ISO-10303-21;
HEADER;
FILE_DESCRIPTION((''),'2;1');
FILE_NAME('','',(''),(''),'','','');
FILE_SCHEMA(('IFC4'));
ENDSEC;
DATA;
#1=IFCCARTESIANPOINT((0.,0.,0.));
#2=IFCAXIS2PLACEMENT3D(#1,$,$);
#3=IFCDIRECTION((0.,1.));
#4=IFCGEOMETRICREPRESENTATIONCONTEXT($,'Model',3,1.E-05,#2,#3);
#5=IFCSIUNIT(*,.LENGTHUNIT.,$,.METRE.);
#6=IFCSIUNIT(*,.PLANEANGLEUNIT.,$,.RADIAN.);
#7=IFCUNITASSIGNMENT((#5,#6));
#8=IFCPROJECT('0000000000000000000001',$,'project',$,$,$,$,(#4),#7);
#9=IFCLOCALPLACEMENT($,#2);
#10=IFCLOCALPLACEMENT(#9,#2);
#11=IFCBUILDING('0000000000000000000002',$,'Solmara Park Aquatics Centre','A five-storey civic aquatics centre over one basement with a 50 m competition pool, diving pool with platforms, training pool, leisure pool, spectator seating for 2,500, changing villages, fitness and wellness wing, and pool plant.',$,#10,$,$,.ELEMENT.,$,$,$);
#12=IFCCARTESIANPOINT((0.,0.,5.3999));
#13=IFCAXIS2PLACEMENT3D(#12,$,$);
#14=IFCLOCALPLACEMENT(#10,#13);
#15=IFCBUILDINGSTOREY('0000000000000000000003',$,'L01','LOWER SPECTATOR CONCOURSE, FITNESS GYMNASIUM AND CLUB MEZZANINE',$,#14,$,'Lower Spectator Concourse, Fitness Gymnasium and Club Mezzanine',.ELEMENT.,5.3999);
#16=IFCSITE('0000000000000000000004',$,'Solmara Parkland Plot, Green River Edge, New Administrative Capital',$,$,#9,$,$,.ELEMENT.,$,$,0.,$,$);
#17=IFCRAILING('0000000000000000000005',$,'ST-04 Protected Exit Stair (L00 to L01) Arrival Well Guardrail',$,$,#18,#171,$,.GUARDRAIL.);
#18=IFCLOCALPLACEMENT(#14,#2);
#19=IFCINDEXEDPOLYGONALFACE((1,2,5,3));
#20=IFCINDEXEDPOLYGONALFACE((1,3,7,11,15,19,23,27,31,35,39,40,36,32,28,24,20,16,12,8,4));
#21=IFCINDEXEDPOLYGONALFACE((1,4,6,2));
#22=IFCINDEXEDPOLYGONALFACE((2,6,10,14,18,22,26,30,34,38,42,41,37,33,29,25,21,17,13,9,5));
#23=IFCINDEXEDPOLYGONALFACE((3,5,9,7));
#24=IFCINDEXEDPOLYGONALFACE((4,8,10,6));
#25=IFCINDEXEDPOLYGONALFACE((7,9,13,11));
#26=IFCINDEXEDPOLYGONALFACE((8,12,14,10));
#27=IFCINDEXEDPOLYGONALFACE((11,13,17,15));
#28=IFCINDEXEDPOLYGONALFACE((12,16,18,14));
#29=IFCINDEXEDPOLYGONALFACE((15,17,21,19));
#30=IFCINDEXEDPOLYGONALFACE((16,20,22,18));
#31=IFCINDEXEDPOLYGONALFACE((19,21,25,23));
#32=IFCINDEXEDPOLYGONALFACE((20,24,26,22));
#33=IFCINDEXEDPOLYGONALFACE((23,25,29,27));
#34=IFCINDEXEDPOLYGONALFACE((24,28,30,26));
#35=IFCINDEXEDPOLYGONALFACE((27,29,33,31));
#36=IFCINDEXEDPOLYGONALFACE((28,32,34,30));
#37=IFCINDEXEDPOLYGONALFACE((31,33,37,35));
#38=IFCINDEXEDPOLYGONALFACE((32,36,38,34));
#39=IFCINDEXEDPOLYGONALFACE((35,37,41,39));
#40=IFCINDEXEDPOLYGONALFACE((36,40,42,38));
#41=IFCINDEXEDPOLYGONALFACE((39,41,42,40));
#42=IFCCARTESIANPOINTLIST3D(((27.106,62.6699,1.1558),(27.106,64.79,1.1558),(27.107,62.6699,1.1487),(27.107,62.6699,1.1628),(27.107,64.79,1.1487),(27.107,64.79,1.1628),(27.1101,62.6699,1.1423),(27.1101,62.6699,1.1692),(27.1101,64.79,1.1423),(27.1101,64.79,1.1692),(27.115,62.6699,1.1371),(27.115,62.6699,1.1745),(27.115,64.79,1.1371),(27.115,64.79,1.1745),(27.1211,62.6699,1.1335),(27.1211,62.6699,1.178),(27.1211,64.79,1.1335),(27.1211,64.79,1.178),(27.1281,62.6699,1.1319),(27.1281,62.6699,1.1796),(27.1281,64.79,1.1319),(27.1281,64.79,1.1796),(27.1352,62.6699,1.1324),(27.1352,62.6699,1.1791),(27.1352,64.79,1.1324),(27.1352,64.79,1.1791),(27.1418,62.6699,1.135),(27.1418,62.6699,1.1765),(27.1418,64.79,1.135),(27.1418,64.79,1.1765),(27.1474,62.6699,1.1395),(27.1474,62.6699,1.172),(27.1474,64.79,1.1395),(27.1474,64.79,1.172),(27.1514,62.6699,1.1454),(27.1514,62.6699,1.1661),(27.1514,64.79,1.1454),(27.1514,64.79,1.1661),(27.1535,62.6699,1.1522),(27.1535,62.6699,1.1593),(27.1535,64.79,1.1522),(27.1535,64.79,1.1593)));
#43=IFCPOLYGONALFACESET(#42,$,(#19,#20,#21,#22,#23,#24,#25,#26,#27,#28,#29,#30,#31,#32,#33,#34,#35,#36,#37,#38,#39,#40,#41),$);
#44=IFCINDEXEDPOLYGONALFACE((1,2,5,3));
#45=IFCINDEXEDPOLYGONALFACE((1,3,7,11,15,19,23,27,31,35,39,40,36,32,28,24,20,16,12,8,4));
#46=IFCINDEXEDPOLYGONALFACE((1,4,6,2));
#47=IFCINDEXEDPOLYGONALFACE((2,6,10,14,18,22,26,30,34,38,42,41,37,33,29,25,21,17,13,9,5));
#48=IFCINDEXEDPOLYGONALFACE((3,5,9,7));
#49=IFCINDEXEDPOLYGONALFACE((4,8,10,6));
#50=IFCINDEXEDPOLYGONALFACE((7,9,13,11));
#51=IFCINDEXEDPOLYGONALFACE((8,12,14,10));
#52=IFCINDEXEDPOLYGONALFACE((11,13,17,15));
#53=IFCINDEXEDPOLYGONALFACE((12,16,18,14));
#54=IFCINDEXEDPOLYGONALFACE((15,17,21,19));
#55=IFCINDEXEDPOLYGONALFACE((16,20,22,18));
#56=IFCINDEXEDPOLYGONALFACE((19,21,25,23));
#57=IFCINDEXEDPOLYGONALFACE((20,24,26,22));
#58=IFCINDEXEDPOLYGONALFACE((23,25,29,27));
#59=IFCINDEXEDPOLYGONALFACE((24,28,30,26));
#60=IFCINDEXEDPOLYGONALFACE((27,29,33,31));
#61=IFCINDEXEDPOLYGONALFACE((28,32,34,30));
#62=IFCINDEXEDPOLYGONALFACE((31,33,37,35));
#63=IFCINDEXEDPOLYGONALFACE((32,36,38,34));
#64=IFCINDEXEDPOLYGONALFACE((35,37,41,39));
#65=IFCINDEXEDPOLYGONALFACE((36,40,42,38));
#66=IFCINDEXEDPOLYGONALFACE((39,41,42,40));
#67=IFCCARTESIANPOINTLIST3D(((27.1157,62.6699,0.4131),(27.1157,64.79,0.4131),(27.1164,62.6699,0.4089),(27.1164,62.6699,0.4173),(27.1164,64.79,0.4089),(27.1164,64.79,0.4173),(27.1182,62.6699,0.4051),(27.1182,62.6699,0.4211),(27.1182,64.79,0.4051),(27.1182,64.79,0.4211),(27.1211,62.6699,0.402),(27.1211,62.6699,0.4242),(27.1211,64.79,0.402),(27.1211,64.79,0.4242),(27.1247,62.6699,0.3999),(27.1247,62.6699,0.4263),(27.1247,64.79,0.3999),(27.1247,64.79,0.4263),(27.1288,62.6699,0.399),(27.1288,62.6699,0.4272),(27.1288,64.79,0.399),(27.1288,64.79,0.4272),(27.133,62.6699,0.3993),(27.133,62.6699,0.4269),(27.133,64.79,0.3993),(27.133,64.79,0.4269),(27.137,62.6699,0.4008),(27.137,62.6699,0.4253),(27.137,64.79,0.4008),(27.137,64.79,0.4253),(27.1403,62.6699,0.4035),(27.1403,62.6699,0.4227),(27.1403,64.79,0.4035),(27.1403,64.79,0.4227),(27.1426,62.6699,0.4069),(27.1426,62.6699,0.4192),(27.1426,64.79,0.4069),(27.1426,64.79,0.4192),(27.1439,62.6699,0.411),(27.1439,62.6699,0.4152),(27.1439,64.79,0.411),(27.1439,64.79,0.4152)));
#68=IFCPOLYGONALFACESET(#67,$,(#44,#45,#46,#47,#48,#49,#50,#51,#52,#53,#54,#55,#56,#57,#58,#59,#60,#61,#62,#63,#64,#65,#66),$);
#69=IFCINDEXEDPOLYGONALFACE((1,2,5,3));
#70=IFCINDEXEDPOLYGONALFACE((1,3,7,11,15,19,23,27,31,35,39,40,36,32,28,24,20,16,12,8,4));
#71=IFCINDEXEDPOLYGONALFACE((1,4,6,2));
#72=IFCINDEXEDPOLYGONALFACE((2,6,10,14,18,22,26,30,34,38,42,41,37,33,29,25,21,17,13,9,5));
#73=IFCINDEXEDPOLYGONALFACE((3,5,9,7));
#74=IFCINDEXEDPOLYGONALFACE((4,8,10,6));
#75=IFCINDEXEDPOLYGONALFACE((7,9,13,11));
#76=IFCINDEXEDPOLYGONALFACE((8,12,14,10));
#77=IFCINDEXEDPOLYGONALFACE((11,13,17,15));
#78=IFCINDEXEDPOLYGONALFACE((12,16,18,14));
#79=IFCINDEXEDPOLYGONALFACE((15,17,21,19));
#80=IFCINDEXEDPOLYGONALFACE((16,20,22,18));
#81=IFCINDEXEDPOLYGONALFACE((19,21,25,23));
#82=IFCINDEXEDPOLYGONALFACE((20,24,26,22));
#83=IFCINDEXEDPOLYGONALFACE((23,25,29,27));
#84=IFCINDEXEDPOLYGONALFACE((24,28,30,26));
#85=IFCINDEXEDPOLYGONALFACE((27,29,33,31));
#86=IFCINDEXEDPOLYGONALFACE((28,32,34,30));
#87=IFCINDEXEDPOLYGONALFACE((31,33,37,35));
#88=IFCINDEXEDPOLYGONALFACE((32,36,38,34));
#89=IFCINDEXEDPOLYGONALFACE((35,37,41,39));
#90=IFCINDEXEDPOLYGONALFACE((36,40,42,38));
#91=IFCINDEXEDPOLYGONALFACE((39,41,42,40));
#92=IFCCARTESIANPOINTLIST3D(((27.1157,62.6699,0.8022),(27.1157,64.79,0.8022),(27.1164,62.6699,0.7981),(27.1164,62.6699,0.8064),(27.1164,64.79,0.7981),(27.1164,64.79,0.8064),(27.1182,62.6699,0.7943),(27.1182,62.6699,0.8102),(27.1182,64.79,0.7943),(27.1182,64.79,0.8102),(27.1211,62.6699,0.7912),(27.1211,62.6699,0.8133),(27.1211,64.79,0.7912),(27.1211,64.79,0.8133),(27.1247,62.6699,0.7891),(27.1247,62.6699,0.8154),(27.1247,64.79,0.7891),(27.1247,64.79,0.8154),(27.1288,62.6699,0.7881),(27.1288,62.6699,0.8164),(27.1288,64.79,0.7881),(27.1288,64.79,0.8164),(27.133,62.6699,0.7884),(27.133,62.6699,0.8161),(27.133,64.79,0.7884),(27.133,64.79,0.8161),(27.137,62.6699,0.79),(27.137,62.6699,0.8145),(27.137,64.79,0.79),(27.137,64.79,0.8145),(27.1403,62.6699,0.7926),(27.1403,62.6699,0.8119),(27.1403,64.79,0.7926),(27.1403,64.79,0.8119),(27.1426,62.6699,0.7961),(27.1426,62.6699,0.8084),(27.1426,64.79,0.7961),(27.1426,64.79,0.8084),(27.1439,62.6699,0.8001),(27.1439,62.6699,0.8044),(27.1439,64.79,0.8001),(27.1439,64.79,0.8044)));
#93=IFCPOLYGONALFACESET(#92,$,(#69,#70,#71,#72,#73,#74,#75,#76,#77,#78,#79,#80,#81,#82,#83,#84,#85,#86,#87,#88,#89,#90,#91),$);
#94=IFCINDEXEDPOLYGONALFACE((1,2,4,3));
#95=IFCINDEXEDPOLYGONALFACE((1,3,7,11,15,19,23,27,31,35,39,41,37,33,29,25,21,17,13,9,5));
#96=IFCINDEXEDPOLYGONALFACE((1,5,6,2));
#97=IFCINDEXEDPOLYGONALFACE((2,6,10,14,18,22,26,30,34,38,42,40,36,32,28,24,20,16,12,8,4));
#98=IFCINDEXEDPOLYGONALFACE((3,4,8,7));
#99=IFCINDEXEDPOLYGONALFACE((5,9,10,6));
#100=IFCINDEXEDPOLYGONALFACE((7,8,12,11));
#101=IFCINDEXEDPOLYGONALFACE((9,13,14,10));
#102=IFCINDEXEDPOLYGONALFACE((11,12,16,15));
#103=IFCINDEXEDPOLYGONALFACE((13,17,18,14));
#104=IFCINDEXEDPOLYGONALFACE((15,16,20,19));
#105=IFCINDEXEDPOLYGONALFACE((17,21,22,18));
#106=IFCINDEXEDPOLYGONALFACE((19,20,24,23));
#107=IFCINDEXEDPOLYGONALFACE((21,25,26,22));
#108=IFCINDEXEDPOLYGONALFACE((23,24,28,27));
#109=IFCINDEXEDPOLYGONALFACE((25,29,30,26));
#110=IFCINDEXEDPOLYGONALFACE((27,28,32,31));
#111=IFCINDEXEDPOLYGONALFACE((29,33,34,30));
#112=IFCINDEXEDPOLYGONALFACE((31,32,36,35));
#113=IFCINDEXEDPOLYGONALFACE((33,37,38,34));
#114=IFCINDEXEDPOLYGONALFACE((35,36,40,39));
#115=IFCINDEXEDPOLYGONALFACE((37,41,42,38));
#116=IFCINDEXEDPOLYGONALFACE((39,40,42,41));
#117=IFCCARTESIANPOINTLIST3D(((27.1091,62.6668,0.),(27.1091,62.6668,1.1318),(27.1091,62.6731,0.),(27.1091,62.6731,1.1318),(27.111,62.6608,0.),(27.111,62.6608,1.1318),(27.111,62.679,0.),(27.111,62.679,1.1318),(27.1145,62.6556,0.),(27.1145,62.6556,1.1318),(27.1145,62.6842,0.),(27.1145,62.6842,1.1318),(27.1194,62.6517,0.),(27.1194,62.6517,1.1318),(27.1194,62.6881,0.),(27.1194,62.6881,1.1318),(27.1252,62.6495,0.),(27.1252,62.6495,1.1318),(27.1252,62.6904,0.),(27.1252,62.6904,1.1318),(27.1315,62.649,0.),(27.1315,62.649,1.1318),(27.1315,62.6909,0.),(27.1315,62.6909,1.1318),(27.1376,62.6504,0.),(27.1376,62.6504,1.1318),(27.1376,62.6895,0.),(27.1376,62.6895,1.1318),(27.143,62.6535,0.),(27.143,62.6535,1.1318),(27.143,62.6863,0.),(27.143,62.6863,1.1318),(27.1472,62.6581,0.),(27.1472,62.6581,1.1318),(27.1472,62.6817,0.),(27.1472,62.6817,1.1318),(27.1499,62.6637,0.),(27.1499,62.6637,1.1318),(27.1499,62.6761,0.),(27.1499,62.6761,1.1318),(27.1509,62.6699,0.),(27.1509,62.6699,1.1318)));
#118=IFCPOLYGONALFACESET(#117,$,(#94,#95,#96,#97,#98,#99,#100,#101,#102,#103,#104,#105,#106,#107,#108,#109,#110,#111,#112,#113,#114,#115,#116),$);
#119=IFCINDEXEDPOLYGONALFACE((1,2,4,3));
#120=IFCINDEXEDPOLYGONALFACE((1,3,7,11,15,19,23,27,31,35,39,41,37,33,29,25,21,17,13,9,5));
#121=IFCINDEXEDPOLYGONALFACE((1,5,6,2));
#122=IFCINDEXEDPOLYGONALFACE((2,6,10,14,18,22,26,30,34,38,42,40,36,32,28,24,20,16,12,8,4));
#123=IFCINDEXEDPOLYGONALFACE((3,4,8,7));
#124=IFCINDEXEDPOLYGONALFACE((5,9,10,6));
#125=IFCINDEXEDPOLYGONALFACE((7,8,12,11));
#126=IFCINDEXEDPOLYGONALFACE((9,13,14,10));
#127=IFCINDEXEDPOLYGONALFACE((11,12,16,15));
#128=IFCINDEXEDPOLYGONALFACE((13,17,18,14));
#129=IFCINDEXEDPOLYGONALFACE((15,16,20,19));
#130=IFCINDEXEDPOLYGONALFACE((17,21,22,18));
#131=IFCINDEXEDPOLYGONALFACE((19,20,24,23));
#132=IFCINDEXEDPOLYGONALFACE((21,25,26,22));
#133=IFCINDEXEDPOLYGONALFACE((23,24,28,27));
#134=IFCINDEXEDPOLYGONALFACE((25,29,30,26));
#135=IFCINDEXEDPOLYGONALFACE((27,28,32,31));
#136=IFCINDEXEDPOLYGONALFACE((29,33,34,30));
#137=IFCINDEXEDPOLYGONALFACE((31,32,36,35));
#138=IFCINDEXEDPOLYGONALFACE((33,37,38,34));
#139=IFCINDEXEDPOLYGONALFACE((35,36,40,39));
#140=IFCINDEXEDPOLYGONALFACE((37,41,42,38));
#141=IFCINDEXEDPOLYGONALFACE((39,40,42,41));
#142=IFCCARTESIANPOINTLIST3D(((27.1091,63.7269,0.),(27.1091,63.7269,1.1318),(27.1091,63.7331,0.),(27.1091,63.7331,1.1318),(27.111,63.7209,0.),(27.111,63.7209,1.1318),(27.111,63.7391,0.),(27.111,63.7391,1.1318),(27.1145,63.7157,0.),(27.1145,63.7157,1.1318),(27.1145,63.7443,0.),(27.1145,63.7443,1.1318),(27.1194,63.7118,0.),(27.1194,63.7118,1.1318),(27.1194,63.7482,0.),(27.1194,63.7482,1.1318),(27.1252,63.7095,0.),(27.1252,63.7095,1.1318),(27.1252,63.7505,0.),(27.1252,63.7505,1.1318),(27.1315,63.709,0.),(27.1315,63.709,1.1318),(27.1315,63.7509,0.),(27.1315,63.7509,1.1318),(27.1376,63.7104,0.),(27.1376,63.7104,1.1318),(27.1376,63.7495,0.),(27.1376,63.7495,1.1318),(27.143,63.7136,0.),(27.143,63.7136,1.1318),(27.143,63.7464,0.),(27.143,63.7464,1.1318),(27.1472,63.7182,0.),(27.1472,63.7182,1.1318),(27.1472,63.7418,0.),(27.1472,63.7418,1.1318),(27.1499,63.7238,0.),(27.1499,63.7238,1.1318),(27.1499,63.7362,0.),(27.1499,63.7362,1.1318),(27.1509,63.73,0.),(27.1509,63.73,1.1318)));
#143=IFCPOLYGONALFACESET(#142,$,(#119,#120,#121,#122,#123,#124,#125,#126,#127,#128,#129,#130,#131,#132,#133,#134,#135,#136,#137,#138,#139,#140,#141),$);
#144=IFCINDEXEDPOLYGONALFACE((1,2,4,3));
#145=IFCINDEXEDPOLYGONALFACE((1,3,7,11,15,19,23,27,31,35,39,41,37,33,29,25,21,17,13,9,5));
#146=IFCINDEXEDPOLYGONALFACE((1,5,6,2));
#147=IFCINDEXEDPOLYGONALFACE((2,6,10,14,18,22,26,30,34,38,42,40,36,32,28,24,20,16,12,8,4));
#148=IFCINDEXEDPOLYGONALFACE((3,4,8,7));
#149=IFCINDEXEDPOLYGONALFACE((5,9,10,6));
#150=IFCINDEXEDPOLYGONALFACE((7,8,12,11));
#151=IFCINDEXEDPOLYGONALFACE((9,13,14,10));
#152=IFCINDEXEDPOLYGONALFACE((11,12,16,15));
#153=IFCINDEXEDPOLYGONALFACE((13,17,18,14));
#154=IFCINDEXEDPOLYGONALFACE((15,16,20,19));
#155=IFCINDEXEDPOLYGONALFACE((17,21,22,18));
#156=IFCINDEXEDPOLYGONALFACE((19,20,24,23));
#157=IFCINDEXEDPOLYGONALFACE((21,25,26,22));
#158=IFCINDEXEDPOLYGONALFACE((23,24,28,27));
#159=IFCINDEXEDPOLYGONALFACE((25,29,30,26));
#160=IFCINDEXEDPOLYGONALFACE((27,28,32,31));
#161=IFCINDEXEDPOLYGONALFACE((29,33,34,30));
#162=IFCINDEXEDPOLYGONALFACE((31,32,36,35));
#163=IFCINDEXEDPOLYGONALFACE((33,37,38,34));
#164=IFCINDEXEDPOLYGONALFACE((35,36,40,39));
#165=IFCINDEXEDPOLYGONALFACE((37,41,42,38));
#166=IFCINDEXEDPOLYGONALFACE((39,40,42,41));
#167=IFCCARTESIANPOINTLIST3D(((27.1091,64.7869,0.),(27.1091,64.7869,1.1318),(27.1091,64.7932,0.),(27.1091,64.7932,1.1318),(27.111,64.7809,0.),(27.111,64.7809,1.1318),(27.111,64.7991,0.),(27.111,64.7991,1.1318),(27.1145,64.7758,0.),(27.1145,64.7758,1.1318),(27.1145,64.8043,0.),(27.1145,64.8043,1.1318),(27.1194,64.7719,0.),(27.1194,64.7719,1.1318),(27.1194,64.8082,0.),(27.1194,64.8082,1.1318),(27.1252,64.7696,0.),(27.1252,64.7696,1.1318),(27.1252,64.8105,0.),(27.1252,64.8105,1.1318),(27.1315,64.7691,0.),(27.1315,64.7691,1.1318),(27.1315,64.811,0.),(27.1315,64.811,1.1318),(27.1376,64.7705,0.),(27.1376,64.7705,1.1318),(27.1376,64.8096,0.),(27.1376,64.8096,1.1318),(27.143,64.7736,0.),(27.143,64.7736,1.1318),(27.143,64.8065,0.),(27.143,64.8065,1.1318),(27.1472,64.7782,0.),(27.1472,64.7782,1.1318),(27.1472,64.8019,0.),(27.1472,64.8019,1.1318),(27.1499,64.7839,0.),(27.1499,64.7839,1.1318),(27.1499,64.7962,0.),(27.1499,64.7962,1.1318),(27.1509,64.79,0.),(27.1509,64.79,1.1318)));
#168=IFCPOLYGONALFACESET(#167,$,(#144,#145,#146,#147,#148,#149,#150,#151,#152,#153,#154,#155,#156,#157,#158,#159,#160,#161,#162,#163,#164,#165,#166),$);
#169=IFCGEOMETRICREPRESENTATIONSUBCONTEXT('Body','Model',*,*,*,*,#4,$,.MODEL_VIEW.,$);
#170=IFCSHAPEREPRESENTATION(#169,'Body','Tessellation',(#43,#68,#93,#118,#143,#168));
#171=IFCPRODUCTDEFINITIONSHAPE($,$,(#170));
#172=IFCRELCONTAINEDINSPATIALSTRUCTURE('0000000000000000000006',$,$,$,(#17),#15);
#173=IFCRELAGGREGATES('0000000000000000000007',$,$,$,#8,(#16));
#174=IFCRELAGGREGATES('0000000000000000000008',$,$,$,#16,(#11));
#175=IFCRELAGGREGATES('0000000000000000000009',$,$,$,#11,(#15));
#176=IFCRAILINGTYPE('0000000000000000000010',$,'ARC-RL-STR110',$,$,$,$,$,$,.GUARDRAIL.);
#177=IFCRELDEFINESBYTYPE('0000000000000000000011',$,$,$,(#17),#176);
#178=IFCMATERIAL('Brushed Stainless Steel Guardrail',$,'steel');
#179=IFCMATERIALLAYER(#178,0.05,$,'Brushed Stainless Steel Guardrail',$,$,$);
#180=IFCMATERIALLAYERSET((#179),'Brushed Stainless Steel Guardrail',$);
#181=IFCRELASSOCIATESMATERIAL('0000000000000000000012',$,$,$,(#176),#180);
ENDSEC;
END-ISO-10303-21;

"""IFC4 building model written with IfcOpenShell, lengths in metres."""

from ifc_helpers import new_model, si_unit, direction, frame, origin, origin_2d, place, context, subcontext, project, spatial, circle, extrude, material, layer, layer_set, type_object, element, save


model = new_model("IFC4")

# Units and contexts
model_context = context("Model", 3, precision=1e-05, world=origin(), true_north=direction((0.0, 1.0)))
body_context = subcontext(model_context, "Body", "Model", "MODEL_VIEW")
ifc_project = project(units=[si_unit("LENGTHUNIT", "METRE"), si_unit("PLANEANGLEUNIT", "RADIAN")], contexts=[model_context])

# Site, building, storey
site_placement = place(None, origin())
site = spatial("IfcSite", under=ifc_project, at=site_placement, Name="Solmara Parkland Plot, Green River Edge, New Administrative Capital", CompositionType="ELEMENT", RefElevation=0.0)
building_placement = place(site_placement, origin())
building = spatial("IfcBuilding", under=site, at=building_placement, Name="Solmara Park Aquatics Centre", Description="A five-storey civic aquatics centre over one basement with a 50 m competition pool, diving pool with platforms, training pool, leisure pool, spectator seating for 2,500, changing villages, fitness and wellness wing, and pool plant.", CompositionType="ELEMENT")
storey_placement = place(building_placement, frame((0.0, 0.0, 5.3999)))
storey = spatial("IfcBuildingStorey", under=building, at=storey_placement, Name="L01", Description="LOWER SPECTATOR CONCOURSE, FITNESS GYMNASIUM AND CLUB MEZZANINE", LongName="Lower Spectator Concourse, Fitness Gymnasium and Club Mezzanine", CompositionType="ELEMENT", Elevation=5.3999)

# Railing
ifc_material_1 = material(Name="Brushed Stainless Steel Guardrail", Category="steel")
ifc_layer_1 = layer(ifc_material_1, 0.05, Name="Brushed Stainless Steel Guardrail")
ifc_layer_set_1 = layer_set([ifc_layer_1], Name="Brushed Stainless Steel Guardrail")
railing_type_1 = type_object("IfcRailingType", Name="ARC-RL-STR110", PredefinedType="GUARDRAIL", material=ifc_layer_set_1)
railing_1_placement = place(storey_placement, frame((27.1299, 62.6699, 0.0)))
element("IfcRailing", 1, at=railing_1_placement, inside=storey, type_object=railing_type_1, Name="ST-04 Protected Exit Stair (L00 to L01) Arrival Well Guardrail", PredefinedType="GUARDRAIL", context=body_context, shape_type="SweptSolid", body=[
    extrude(circle(Radius=0.0239, at=origin_2d()), frame((0.0, 0.0, 1.1558), z_axis=(0.0, 1.0, 0.0), x_axis=(-1.0, 0.0, 0.0)), (0.0, 0.0, 1.0), 2.1201),
    extrude(circle(Radius=0.0142, at=origin_2d()), frame((0.0, 0.0, 0.4131), z_axis=(0.0, 1.0, 0.0), x_axis=(-1.0, 0.0, 0.0)), (0.0, 0.0, 1.0), 2.1201),
    extrude(circle(Radius=0.0142, at=origin_2d()), frame((0.0, 0.0, 0.8022), z_axis=(0.0, 1.0, 0.0), x_axis=(-1.0, 0.0, 0.0)), (0.0, 0.0, 1.0), 2.1201),
    extrude(circle(Radius=0.021, at=origin_2d()), origin(), (0.0, 0.0, 1.0), 1.1318),
    extrude(circle(Radius=0.021, at=origin_2d()), frame((0.0, 1.0601, 0.0)), (0.0, 0.0, 1.0), 1.1318),
    extrude(circle(Radius=0.021, at=origin_2d()), frame((0.0, 2.1201, 0.0)), (0.0, 0.0, 1.0), 1.1318),
])

save(model, "model.ifc")
